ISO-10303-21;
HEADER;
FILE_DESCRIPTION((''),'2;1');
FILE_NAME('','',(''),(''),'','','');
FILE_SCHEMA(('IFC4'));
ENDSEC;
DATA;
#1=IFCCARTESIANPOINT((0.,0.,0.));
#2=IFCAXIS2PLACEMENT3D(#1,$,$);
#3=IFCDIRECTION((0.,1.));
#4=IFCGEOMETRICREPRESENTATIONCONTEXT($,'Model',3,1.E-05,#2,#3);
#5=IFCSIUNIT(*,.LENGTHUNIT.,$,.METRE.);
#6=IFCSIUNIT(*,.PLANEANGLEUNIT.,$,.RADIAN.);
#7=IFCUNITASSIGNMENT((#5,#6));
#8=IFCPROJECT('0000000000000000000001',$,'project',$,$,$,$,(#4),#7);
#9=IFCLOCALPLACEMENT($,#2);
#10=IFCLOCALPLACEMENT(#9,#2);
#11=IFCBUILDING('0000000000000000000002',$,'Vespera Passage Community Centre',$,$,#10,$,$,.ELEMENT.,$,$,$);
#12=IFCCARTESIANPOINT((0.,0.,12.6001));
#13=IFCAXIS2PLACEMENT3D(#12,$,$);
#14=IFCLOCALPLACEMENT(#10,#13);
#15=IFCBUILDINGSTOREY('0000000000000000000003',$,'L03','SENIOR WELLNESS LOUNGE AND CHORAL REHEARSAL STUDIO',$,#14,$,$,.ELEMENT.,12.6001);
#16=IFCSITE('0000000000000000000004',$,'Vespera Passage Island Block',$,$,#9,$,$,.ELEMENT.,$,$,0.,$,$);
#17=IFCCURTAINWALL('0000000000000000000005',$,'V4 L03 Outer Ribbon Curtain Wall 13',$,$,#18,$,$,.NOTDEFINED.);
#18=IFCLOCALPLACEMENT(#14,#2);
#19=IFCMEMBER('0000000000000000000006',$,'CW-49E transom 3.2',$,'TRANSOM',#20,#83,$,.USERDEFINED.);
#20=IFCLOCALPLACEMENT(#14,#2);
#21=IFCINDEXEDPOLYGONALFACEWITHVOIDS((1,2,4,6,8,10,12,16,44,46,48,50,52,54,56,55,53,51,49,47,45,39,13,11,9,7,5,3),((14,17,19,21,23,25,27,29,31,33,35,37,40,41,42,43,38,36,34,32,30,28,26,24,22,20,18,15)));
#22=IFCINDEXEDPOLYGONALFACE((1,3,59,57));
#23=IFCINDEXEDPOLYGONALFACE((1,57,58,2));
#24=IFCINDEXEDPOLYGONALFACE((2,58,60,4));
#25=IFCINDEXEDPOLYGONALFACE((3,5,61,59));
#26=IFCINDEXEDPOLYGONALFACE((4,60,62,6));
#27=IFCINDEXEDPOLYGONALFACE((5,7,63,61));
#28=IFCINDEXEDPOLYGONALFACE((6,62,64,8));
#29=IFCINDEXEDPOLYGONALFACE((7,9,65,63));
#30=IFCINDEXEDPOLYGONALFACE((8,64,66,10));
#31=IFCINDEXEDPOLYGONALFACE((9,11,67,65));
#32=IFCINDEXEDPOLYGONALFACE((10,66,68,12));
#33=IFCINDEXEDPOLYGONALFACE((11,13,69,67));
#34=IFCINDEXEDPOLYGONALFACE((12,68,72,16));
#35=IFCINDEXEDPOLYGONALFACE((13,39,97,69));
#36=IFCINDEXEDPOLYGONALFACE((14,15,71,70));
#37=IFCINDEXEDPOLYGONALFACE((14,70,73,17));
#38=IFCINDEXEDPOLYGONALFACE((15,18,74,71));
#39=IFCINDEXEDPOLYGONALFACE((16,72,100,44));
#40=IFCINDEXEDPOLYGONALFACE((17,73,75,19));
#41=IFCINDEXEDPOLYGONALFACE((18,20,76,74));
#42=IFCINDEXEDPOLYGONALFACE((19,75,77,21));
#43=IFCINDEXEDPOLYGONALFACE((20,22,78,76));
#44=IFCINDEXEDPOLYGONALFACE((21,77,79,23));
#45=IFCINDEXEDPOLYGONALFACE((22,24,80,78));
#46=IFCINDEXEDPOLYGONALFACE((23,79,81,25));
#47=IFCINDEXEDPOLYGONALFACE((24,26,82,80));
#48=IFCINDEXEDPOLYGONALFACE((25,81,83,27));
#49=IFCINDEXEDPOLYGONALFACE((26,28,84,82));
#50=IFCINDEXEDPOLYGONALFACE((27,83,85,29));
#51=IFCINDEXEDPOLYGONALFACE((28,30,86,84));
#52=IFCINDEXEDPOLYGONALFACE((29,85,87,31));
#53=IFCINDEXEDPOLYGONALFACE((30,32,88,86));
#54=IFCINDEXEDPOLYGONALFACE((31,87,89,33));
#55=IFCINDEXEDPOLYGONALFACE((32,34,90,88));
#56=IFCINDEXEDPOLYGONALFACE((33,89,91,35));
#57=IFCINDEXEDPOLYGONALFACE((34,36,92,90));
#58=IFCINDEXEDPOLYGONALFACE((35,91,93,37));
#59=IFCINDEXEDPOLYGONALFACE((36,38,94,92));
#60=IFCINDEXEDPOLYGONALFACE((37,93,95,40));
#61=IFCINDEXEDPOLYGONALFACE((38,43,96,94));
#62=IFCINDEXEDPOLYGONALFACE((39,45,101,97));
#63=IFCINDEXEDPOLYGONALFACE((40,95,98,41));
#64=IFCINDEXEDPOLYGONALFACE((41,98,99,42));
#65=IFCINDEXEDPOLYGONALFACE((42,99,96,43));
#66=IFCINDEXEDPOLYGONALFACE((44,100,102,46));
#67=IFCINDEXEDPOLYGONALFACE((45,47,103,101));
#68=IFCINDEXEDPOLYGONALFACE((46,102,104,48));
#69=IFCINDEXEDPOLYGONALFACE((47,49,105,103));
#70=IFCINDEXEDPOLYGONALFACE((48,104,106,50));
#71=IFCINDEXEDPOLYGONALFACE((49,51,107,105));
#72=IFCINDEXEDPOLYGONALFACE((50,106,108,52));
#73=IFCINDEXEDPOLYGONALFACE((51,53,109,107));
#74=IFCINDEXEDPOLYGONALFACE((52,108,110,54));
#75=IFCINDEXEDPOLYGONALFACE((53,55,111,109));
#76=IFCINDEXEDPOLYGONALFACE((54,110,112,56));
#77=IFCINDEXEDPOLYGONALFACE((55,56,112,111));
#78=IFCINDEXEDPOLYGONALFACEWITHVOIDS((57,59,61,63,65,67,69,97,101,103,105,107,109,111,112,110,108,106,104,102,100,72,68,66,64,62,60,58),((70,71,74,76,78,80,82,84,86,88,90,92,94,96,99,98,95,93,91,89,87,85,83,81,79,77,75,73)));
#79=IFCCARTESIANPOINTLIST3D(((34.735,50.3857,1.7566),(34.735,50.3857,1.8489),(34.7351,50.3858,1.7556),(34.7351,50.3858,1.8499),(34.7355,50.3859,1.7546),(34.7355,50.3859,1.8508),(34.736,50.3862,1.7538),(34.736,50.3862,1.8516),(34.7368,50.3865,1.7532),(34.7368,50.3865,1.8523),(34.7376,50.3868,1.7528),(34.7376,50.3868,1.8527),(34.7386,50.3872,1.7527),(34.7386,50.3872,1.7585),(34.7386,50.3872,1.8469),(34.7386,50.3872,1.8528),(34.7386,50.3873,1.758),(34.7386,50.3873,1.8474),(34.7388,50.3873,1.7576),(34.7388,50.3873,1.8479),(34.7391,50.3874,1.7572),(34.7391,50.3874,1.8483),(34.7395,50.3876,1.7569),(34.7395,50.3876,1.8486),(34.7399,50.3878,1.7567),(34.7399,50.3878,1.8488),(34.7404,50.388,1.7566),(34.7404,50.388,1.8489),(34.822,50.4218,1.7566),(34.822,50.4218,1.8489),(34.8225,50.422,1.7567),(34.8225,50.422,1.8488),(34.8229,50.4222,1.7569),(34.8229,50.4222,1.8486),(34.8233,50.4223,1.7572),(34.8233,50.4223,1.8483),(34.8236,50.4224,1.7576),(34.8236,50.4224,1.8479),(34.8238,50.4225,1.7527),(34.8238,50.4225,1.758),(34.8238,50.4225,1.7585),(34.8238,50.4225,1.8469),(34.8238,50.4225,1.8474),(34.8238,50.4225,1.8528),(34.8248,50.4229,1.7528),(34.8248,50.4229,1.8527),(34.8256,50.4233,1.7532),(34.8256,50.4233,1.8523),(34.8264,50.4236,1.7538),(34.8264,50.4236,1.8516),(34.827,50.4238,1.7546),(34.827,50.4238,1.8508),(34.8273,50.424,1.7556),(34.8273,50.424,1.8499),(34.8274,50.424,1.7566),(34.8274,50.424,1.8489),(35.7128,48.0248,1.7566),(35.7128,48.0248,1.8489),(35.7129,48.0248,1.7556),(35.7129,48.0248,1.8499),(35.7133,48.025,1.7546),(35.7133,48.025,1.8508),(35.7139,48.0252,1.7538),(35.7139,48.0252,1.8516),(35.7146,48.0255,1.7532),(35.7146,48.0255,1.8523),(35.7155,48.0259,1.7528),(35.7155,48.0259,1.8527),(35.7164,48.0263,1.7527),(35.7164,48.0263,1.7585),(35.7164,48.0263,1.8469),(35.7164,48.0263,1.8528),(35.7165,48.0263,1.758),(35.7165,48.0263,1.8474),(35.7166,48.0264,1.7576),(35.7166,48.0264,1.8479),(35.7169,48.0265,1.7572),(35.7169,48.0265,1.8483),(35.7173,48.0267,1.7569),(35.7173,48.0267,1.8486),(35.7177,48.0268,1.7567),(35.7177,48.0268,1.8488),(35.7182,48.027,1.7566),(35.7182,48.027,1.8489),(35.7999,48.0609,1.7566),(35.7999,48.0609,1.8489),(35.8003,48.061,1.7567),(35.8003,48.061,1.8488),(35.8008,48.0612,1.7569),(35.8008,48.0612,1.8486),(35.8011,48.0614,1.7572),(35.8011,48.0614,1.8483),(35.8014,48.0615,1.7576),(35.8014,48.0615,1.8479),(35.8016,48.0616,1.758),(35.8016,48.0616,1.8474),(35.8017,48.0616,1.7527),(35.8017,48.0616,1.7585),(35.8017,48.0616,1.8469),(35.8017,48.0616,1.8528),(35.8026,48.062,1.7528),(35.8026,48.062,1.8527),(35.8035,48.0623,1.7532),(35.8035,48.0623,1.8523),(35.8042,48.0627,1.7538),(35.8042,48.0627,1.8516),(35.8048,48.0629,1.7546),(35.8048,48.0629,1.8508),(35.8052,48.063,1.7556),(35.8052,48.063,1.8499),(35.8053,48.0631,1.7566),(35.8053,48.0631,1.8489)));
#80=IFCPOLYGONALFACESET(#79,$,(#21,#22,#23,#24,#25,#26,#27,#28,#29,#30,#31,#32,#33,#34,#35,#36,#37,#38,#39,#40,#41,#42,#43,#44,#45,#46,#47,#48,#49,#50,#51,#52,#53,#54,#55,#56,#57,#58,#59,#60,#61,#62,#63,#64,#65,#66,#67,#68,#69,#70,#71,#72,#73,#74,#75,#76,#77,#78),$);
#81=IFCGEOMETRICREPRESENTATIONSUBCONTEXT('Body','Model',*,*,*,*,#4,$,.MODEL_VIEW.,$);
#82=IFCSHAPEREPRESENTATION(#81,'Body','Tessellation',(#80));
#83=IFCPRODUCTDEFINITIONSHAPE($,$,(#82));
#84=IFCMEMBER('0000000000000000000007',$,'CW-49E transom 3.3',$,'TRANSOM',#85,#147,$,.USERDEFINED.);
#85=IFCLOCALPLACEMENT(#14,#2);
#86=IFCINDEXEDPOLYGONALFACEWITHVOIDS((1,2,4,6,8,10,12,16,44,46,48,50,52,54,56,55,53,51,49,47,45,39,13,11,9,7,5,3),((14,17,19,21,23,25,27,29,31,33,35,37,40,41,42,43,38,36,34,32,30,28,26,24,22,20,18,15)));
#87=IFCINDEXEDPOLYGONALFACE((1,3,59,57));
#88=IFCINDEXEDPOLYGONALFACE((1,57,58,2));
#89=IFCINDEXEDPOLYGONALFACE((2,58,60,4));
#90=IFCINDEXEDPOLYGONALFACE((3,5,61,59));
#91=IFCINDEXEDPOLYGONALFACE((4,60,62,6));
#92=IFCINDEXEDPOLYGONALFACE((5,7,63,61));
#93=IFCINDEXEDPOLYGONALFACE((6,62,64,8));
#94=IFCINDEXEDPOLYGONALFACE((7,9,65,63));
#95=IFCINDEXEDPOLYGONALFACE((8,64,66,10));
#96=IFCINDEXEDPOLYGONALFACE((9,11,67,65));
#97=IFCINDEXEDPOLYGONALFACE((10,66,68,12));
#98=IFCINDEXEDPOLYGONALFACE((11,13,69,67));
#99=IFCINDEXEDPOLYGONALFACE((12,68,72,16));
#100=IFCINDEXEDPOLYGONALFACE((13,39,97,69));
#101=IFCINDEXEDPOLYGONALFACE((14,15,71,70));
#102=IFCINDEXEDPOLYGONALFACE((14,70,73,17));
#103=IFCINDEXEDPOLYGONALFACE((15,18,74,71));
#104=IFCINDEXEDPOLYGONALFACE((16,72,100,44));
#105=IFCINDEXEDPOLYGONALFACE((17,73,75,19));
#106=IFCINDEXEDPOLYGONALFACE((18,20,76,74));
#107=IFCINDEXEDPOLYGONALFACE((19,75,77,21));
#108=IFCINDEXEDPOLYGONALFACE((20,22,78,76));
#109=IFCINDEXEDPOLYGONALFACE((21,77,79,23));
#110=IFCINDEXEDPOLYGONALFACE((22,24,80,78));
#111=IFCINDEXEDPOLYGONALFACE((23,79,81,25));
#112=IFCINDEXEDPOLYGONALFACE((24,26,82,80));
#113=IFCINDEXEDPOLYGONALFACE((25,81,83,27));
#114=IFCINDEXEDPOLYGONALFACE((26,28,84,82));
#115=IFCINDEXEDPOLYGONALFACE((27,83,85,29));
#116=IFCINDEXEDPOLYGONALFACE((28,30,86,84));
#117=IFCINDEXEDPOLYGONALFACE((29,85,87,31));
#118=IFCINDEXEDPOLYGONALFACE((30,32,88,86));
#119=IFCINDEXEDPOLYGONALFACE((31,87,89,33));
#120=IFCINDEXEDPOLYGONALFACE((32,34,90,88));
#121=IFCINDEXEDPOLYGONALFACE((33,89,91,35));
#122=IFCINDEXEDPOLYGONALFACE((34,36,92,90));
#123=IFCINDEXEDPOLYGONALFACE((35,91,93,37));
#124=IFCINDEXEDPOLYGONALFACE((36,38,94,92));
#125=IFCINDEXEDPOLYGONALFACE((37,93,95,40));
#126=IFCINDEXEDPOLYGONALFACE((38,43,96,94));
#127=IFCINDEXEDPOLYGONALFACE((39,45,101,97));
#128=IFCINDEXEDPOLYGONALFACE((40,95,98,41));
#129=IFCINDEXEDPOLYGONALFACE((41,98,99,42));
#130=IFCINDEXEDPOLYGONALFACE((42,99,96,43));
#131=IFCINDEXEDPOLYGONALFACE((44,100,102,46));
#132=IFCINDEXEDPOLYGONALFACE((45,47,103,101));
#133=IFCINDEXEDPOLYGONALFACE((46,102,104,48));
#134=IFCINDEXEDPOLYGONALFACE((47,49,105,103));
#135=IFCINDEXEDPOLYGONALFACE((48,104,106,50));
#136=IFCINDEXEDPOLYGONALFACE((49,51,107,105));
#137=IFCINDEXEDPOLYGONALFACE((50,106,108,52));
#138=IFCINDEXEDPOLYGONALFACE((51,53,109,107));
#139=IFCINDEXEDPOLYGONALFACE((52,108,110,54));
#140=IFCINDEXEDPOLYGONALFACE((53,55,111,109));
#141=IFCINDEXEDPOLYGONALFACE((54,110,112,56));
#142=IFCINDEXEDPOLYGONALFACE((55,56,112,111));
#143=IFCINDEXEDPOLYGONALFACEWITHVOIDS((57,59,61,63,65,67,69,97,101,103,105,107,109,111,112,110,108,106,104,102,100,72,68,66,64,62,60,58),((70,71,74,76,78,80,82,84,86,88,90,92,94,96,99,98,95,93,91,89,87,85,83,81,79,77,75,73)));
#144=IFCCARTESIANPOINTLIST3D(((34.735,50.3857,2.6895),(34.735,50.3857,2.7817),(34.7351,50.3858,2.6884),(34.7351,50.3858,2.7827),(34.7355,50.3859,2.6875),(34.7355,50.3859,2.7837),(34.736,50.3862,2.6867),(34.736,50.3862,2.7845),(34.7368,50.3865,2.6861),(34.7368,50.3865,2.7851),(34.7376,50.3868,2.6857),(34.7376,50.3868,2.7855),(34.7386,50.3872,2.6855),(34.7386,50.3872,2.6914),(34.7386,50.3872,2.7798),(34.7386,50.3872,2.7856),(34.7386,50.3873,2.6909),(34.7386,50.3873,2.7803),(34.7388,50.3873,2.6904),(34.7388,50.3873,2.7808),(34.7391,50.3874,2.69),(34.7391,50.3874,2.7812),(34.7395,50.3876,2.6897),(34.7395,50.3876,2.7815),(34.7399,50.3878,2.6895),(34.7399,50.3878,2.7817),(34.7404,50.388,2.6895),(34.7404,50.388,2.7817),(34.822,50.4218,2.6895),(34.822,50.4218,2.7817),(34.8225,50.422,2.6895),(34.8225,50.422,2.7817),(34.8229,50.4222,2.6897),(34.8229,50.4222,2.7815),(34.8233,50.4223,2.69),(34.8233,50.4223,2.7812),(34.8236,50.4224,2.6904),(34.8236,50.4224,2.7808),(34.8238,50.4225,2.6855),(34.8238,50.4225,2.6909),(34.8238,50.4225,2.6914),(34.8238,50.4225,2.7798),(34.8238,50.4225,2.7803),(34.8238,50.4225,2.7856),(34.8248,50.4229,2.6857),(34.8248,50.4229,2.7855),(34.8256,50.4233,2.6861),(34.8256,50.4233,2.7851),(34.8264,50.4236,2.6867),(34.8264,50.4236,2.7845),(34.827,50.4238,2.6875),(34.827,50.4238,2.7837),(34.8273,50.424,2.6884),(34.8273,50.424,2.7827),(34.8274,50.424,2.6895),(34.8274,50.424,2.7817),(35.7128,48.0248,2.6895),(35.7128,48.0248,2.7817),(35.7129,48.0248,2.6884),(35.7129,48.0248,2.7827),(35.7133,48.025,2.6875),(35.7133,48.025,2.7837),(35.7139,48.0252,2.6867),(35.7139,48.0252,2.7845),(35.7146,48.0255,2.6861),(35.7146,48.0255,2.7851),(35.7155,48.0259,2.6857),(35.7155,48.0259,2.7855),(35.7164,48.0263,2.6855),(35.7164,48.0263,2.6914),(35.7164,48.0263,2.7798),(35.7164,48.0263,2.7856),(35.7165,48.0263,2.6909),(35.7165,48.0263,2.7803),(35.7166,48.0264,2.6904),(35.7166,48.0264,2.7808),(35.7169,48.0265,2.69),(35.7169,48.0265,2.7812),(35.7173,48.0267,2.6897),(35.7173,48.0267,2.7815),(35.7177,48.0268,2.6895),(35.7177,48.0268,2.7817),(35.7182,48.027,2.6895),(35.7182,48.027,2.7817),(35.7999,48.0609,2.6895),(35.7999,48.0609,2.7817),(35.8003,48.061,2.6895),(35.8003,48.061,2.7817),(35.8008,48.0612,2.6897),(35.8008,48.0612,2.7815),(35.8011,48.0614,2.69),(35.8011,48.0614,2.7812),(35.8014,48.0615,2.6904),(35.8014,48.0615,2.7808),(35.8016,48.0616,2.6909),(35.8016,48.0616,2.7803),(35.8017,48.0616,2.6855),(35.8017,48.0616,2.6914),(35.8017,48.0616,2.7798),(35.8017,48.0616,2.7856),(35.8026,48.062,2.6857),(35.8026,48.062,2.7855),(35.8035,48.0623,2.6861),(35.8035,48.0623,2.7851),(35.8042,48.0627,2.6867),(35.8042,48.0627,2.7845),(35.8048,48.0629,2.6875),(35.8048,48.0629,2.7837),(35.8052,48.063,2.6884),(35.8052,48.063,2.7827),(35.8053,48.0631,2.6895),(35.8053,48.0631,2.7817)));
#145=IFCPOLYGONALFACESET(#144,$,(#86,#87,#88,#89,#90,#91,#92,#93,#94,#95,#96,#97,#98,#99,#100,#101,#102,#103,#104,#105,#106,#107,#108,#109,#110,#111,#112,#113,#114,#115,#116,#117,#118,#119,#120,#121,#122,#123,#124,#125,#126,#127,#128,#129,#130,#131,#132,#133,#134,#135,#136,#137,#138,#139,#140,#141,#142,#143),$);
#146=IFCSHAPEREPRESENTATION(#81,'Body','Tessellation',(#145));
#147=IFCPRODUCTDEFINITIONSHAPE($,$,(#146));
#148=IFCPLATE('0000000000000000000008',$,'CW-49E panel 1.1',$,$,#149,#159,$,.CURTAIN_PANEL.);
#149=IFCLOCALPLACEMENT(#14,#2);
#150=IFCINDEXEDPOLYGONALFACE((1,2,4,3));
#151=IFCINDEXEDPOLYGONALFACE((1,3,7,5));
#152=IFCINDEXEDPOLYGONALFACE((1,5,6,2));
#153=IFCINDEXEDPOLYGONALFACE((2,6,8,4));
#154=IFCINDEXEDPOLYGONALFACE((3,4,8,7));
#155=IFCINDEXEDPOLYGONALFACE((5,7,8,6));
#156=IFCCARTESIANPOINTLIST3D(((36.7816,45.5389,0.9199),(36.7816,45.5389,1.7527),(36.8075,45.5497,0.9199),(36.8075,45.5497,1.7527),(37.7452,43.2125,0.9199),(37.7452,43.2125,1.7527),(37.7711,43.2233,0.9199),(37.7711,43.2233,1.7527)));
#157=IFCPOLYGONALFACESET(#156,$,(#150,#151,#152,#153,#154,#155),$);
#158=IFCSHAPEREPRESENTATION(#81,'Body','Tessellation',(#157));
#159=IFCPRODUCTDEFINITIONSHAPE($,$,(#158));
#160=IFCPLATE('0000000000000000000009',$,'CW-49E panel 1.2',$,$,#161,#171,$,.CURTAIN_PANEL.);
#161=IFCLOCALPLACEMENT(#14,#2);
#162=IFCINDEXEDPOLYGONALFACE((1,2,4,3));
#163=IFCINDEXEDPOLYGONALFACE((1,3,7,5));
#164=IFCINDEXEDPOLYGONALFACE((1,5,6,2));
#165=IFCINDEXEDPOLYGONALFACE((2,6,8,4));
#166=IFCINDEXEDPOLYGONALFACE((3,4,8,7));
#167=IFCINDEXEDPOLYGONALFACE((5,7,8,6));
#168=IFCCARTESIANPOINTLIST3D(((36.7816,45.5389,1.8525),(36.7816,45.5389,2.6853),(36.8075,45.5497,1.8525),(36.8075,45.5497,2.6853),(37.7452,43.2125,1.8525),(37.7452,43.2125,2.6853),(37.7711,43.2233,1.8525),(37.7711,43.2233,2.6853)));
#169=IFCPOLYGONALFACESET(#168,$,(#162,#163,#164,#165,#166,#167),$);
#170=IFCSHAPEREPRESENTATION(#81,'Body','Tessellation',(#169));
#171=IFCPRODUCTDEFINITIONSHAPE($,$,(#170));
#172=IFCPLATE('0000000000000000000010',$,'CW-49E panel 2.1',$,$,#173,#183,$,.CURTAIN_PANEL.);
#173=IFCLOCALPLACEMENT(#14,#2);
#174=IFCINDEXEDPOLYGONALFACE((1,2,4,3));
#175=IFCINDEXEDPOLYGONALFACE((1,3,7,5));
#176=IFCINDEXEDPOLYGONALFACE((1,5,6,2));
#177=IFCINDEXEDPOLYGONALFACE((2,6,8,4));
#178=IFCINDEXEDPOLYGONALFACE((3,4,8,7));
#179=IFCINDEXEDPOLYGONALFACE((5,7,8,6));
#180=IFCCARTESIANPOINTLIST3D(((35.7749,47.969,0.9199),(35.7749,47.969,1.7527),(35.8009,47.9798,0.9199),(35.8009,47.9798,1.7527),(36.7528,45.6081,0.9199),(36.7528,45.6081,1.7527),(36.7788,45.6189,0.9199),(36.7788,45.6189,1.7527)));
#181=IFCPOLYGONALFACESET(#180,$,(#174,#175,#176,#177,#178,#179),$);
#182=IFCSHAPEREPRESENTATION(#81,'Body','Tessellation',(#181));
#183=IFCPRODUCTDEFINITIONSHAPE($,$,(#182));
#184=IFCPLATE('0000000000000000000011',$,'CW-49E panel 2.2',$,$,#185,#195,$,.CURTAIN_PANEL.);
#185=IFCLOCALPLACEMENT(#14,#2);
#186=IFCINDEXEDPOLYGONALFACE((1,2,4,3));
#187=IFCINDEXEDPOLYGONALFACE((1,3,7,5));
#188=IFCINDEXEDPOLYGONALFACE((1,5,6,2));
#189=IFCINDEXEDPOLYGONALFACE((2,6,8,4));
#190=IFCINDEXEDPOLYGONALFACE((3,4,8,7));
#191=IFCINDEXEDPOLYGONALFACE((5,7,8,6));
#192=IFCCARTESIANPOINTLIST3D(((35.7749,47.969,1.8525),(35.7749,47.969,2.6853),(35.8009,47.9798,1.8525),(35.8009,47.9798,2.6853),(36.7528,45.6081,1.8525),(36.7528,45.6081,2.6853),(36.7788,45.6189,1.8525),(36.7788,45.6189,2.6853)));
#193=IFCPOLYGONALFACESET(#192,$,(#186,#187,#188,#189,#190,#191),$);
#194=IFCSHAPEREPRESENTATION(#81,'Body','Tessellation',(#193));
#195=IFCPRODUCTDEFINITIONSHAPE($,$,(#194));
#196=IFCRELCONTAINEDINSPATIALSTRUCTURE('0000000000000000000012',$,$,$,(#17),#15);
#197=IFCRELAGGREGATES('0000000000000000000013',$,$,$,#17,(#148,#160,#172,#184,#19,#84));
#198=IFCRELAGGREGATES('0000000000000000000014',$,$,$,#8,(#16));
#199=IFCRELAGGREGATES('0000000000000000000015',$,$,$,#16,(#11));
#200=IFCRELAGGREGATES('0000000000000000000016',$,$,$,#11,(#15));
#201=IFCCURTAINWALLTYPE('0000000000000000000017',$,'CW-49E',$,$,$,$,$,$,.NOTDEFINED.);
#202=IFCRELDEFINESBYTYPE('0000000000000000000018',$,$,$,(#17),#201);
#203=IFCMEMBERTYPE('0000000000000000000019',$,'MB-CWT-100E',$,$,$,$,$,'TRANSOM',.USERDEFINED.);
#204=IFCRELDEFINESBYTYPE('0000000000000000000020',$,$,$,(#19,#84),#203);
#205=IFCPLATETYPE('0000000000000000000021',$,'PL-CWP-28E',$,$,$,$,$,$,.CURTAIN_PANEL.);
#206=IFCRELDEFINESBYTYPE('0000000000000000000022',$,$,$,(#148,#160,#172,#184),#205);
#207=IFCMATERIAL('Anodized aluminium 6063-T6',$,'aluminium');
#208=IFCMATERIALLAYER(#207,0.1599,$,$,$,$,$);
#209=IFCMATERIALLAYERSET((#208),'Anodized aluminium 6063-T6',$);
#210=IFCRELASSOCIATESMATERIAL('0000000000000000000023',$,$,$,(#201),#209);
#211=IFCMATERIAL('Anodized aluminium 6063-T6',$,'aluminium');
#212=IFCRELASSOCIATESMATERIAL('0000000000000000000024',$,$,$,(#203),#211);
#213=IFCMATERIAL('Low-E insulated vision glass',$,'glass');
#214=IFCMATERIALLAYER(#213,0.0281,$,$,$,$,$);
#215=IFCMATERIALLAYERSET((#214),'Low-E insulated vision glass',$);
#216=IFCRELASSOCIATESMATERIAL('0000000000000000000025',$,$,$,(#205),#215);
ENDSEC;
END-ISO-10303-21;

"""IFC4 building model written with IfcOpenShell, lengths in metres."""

from ifc_helpers import new_model, si_unit, direction, frame, origin, origin_2d, place, context, subcontext, project, spatial, rectangle, hollow_rectangle, extrude, material, layer, layer_set, material_profile, profile_set, type_object, element, aggregate, save


model = new_model("IFC4")

# Units and contexts
model_context = context("Model", 3, precision=1e-05, world=origin(), true_north=direction((0.0, 1.0)))
body_context = subcontext(model_context, "Body", "Model", "MODEL_VIEW")
ifc_project = project(units=[si_unit("LENGTHUNIT", "METRE"), si_unit("PLANEANGLEUNIT", "RADIAN")], contexts=[model_context])

# Site, building, storey
site_placement = place(None, origin())
site = spatial("IfcSite", under=ifc_project, at=site_placement, Name="Vespera Passage Island Block", CompositionType="ELEMENT", RefElevation=0.0)
building_placement = place(site_placement, origin())
building = spatial("IfcBuilding", under=site, at=building_placement, Name="Vespera Passage Community Centre", CompositionType="ELEMENT")
storey_placement = place(building_placement, frame((0.0, 0.0, 12.6001)))
storey = spatial("IfcBuildingStorey", under=building, at=storey_placement, Name="L03", Description="SENIOR WELLNESS LOUNGE AND CHORAL REHEARSAL STUDIO", CompositionType="ELEMENT", Elevation=12.6001)

# Curtain wall, members, plates
ifc_material_1 = material(Name="Anodized aluminium 6063-T6", Category="aluminium")
ifc_layer_1 = layer(ifc_material_1, 0.1599)
ifc_layer_set_1 = layer_set([ifc_layer_1], Name="Anodized aluminium 6063-T6")
curtain_wall_type = type_object("IfcCurtainWallType", Name="CW-49E", PredefinedType="NOTDEFINED", material=ifc_layer_set_1)
curtain_wall_placement = place(storey_placement, origin())
curtain_wall = element("IfcCurtainWall", 1, at=curtain_wall_placement, inside=storey, type_object=curtain_wall_type, Name="V4 L03 Outer Ribbon Curtain Wall 13", PredefinedType="NOTDEFINED")
ifc_material_2 = material(Name="Anodized aluminium 6063-T6", Category="aluminium")
ifc_material_profile_1 = material_profile(ifc_material_2, hollow_rectangle(XDim=0.1001, YDim=0.1001, WallThickness=0.0039, InnerFilletRadius=0.002, OuterFilletRadius=0.0039, at=origin_2d()), Name="ALU100X100X4")
ifc_profile_set_1 = profile_set([ifc_material_profile_1], Name="Anodized aluminium 6063-T6")
member_type_1 = type_object("IfcMemberType", Name="MB-CWT-100E", ElementType="TRANSOM", PredefinedType="USERDEFINED", material=ifc_profile_set_1)
member_1_placement = place(storey_placement, frame((35.759, 48.0439, 1.8027), z_axis=(-0.382647, 0.923895, 0.0), x_axis=(-0.923895, -0.382647, 0.0)))
member_1 = element("IfcMember", 2, at=member_1_placement, type_object=member_type_1, Name="CW-49E transom 3.2", ObjectType="TRANSOM", PredefinedType="USERDEFINED", context=body_context, shape_type="SweptSolid", body=[
    extrude(hollow_rectangle(XDim=0.1001, YDim=0.1001, WallThickness=0.0039, InnerFilletRadius=0.002, OuterFilletRadius=0.0039, at=origin_2d()), origin(), (0.0, 0.0, 1.0), 2.5554),
])
member_2_placement = place(storey_placement, frame((35.759, 48.0439, 2.7356), z_axis=(-0.382647, 0.923895, 0.0), x_axis=(-0.923895, -0.382647, 0.0)))
member_2 = element("IfcMember", 3, at=member_2_placement, type_object=member_type_1, Name="CW-49E transom 3.3", ObjectType="TRANSOM", PredefinedType="USERDEFINED", context=body_context, shape_type="SweptSolid", body=[
    extrude(hollow_rectangle(XDim=0.1001, YDim=0.1001, WallThickness=0.0039, InnerFilletRadius=0.002, OuterFilletRadius=0.0039, at=origin_2d()), origin(), (0.0, 0.0, 1.0), 2.5554),
])
ifc_material_3 = material(Name="Low-E insulated vision glass", Category="glass")
ifc_layer_2 = layer(ifc_material_3, 0.0281)
ifc_layer_set_2 = layer_set([ifc_layer_2], Name="Low-E insulated vision glass")
plate_type = type_object("IfcPlateType", Name="PL-CWP-28E", PredefinedType="CURTAIN_PANEL", material=ifc_layer_set_2)
plate_1_placement = place(storey_placement, frame((37.2764, 44.3811, 0.9199), z_axis=(0.0, 0.0, 1.0), x_axis=(-0.382679, 0.923881, 0.0)))
plate_1 = element("IfcPlate", 4, at=plate_1_placement, type_object=plate_type, Name="CW-49E panel 1.1", PredefinedType="CURTAIN_PANEL", context=body_context, shape_type="SweptSolid", body=[
    extrude(rectangle(XDim=2.5181, YDim=0.0281, at=origin_2d()), origin(), (0.0, 0.0, 1.0), 0.8328),
])
plate_2_placement = place(storey_placement, frame((37.2764, 44.3811, 1.8525), z_axis=(0.0, 0.0, 1.0), x_axis=(-0.382679, 0.923881, 0.0)))
plate_2 = element("IfcPlate", 5, at=plate_2_placement, type_object=plate_type, Name="CW-49E panel 1.2", PredefinedType="CURTAIN_PANEL", context=body_context, shape_type="SweptSolid", body=[
    extrude(rectangle(XDim=2.5181, YDim=0.0281, at=origin_2d()), origin(), (0.0, 0.0, 1.0), 0.8328),
])
plate_3_placement = place(storey_placement, frame((36.2769, 46.7939, 0.9199), z_axis=(0.0, 0.0, 1.0), x_axis=(-0.382679, 0.923881, 0.0)))
plate_3 = element("IfcPlate", 6, at=plate_3_placement, type_object=plate_type, Name="CW-49E panel 2.1", PredefinedType="CURTAIN_PANEL", context=body_context, shape_type="SweptSolid", body=[
    extrude(rectangle(XDim=2.5554, YDim=0.0281, at=origin_2d()), origin(), (0.0, 0.0, 1.0), 0.8328),
])
plate_4_placement = place(storey_placement, frame((36.2769, 46.7939, 1.8525), z_axis=(0.0, 0.0, 1.0), x_axis=(-0.382679, 0.923881, 0.0)))
plate_4 = element("IfcPlate", 7, at=plate_4_placement, type_object=plate_type, Name="CW-49E panel 2.2", PredefinedType="CURTAIN_PANEL", context=body_context, shape_type="SweptSolid", body=[
    extrude(rectangle(XDim=2.5554, YDim=0.0281, at=origin_2d()), origin(), (0.0, 0.0, 1.0), 0.8328),
])
aggregate(curtain_wall, [plate_1, plate_2, plate_3, plate_4, member_1, member_2])

save(model, "model.ifc")
